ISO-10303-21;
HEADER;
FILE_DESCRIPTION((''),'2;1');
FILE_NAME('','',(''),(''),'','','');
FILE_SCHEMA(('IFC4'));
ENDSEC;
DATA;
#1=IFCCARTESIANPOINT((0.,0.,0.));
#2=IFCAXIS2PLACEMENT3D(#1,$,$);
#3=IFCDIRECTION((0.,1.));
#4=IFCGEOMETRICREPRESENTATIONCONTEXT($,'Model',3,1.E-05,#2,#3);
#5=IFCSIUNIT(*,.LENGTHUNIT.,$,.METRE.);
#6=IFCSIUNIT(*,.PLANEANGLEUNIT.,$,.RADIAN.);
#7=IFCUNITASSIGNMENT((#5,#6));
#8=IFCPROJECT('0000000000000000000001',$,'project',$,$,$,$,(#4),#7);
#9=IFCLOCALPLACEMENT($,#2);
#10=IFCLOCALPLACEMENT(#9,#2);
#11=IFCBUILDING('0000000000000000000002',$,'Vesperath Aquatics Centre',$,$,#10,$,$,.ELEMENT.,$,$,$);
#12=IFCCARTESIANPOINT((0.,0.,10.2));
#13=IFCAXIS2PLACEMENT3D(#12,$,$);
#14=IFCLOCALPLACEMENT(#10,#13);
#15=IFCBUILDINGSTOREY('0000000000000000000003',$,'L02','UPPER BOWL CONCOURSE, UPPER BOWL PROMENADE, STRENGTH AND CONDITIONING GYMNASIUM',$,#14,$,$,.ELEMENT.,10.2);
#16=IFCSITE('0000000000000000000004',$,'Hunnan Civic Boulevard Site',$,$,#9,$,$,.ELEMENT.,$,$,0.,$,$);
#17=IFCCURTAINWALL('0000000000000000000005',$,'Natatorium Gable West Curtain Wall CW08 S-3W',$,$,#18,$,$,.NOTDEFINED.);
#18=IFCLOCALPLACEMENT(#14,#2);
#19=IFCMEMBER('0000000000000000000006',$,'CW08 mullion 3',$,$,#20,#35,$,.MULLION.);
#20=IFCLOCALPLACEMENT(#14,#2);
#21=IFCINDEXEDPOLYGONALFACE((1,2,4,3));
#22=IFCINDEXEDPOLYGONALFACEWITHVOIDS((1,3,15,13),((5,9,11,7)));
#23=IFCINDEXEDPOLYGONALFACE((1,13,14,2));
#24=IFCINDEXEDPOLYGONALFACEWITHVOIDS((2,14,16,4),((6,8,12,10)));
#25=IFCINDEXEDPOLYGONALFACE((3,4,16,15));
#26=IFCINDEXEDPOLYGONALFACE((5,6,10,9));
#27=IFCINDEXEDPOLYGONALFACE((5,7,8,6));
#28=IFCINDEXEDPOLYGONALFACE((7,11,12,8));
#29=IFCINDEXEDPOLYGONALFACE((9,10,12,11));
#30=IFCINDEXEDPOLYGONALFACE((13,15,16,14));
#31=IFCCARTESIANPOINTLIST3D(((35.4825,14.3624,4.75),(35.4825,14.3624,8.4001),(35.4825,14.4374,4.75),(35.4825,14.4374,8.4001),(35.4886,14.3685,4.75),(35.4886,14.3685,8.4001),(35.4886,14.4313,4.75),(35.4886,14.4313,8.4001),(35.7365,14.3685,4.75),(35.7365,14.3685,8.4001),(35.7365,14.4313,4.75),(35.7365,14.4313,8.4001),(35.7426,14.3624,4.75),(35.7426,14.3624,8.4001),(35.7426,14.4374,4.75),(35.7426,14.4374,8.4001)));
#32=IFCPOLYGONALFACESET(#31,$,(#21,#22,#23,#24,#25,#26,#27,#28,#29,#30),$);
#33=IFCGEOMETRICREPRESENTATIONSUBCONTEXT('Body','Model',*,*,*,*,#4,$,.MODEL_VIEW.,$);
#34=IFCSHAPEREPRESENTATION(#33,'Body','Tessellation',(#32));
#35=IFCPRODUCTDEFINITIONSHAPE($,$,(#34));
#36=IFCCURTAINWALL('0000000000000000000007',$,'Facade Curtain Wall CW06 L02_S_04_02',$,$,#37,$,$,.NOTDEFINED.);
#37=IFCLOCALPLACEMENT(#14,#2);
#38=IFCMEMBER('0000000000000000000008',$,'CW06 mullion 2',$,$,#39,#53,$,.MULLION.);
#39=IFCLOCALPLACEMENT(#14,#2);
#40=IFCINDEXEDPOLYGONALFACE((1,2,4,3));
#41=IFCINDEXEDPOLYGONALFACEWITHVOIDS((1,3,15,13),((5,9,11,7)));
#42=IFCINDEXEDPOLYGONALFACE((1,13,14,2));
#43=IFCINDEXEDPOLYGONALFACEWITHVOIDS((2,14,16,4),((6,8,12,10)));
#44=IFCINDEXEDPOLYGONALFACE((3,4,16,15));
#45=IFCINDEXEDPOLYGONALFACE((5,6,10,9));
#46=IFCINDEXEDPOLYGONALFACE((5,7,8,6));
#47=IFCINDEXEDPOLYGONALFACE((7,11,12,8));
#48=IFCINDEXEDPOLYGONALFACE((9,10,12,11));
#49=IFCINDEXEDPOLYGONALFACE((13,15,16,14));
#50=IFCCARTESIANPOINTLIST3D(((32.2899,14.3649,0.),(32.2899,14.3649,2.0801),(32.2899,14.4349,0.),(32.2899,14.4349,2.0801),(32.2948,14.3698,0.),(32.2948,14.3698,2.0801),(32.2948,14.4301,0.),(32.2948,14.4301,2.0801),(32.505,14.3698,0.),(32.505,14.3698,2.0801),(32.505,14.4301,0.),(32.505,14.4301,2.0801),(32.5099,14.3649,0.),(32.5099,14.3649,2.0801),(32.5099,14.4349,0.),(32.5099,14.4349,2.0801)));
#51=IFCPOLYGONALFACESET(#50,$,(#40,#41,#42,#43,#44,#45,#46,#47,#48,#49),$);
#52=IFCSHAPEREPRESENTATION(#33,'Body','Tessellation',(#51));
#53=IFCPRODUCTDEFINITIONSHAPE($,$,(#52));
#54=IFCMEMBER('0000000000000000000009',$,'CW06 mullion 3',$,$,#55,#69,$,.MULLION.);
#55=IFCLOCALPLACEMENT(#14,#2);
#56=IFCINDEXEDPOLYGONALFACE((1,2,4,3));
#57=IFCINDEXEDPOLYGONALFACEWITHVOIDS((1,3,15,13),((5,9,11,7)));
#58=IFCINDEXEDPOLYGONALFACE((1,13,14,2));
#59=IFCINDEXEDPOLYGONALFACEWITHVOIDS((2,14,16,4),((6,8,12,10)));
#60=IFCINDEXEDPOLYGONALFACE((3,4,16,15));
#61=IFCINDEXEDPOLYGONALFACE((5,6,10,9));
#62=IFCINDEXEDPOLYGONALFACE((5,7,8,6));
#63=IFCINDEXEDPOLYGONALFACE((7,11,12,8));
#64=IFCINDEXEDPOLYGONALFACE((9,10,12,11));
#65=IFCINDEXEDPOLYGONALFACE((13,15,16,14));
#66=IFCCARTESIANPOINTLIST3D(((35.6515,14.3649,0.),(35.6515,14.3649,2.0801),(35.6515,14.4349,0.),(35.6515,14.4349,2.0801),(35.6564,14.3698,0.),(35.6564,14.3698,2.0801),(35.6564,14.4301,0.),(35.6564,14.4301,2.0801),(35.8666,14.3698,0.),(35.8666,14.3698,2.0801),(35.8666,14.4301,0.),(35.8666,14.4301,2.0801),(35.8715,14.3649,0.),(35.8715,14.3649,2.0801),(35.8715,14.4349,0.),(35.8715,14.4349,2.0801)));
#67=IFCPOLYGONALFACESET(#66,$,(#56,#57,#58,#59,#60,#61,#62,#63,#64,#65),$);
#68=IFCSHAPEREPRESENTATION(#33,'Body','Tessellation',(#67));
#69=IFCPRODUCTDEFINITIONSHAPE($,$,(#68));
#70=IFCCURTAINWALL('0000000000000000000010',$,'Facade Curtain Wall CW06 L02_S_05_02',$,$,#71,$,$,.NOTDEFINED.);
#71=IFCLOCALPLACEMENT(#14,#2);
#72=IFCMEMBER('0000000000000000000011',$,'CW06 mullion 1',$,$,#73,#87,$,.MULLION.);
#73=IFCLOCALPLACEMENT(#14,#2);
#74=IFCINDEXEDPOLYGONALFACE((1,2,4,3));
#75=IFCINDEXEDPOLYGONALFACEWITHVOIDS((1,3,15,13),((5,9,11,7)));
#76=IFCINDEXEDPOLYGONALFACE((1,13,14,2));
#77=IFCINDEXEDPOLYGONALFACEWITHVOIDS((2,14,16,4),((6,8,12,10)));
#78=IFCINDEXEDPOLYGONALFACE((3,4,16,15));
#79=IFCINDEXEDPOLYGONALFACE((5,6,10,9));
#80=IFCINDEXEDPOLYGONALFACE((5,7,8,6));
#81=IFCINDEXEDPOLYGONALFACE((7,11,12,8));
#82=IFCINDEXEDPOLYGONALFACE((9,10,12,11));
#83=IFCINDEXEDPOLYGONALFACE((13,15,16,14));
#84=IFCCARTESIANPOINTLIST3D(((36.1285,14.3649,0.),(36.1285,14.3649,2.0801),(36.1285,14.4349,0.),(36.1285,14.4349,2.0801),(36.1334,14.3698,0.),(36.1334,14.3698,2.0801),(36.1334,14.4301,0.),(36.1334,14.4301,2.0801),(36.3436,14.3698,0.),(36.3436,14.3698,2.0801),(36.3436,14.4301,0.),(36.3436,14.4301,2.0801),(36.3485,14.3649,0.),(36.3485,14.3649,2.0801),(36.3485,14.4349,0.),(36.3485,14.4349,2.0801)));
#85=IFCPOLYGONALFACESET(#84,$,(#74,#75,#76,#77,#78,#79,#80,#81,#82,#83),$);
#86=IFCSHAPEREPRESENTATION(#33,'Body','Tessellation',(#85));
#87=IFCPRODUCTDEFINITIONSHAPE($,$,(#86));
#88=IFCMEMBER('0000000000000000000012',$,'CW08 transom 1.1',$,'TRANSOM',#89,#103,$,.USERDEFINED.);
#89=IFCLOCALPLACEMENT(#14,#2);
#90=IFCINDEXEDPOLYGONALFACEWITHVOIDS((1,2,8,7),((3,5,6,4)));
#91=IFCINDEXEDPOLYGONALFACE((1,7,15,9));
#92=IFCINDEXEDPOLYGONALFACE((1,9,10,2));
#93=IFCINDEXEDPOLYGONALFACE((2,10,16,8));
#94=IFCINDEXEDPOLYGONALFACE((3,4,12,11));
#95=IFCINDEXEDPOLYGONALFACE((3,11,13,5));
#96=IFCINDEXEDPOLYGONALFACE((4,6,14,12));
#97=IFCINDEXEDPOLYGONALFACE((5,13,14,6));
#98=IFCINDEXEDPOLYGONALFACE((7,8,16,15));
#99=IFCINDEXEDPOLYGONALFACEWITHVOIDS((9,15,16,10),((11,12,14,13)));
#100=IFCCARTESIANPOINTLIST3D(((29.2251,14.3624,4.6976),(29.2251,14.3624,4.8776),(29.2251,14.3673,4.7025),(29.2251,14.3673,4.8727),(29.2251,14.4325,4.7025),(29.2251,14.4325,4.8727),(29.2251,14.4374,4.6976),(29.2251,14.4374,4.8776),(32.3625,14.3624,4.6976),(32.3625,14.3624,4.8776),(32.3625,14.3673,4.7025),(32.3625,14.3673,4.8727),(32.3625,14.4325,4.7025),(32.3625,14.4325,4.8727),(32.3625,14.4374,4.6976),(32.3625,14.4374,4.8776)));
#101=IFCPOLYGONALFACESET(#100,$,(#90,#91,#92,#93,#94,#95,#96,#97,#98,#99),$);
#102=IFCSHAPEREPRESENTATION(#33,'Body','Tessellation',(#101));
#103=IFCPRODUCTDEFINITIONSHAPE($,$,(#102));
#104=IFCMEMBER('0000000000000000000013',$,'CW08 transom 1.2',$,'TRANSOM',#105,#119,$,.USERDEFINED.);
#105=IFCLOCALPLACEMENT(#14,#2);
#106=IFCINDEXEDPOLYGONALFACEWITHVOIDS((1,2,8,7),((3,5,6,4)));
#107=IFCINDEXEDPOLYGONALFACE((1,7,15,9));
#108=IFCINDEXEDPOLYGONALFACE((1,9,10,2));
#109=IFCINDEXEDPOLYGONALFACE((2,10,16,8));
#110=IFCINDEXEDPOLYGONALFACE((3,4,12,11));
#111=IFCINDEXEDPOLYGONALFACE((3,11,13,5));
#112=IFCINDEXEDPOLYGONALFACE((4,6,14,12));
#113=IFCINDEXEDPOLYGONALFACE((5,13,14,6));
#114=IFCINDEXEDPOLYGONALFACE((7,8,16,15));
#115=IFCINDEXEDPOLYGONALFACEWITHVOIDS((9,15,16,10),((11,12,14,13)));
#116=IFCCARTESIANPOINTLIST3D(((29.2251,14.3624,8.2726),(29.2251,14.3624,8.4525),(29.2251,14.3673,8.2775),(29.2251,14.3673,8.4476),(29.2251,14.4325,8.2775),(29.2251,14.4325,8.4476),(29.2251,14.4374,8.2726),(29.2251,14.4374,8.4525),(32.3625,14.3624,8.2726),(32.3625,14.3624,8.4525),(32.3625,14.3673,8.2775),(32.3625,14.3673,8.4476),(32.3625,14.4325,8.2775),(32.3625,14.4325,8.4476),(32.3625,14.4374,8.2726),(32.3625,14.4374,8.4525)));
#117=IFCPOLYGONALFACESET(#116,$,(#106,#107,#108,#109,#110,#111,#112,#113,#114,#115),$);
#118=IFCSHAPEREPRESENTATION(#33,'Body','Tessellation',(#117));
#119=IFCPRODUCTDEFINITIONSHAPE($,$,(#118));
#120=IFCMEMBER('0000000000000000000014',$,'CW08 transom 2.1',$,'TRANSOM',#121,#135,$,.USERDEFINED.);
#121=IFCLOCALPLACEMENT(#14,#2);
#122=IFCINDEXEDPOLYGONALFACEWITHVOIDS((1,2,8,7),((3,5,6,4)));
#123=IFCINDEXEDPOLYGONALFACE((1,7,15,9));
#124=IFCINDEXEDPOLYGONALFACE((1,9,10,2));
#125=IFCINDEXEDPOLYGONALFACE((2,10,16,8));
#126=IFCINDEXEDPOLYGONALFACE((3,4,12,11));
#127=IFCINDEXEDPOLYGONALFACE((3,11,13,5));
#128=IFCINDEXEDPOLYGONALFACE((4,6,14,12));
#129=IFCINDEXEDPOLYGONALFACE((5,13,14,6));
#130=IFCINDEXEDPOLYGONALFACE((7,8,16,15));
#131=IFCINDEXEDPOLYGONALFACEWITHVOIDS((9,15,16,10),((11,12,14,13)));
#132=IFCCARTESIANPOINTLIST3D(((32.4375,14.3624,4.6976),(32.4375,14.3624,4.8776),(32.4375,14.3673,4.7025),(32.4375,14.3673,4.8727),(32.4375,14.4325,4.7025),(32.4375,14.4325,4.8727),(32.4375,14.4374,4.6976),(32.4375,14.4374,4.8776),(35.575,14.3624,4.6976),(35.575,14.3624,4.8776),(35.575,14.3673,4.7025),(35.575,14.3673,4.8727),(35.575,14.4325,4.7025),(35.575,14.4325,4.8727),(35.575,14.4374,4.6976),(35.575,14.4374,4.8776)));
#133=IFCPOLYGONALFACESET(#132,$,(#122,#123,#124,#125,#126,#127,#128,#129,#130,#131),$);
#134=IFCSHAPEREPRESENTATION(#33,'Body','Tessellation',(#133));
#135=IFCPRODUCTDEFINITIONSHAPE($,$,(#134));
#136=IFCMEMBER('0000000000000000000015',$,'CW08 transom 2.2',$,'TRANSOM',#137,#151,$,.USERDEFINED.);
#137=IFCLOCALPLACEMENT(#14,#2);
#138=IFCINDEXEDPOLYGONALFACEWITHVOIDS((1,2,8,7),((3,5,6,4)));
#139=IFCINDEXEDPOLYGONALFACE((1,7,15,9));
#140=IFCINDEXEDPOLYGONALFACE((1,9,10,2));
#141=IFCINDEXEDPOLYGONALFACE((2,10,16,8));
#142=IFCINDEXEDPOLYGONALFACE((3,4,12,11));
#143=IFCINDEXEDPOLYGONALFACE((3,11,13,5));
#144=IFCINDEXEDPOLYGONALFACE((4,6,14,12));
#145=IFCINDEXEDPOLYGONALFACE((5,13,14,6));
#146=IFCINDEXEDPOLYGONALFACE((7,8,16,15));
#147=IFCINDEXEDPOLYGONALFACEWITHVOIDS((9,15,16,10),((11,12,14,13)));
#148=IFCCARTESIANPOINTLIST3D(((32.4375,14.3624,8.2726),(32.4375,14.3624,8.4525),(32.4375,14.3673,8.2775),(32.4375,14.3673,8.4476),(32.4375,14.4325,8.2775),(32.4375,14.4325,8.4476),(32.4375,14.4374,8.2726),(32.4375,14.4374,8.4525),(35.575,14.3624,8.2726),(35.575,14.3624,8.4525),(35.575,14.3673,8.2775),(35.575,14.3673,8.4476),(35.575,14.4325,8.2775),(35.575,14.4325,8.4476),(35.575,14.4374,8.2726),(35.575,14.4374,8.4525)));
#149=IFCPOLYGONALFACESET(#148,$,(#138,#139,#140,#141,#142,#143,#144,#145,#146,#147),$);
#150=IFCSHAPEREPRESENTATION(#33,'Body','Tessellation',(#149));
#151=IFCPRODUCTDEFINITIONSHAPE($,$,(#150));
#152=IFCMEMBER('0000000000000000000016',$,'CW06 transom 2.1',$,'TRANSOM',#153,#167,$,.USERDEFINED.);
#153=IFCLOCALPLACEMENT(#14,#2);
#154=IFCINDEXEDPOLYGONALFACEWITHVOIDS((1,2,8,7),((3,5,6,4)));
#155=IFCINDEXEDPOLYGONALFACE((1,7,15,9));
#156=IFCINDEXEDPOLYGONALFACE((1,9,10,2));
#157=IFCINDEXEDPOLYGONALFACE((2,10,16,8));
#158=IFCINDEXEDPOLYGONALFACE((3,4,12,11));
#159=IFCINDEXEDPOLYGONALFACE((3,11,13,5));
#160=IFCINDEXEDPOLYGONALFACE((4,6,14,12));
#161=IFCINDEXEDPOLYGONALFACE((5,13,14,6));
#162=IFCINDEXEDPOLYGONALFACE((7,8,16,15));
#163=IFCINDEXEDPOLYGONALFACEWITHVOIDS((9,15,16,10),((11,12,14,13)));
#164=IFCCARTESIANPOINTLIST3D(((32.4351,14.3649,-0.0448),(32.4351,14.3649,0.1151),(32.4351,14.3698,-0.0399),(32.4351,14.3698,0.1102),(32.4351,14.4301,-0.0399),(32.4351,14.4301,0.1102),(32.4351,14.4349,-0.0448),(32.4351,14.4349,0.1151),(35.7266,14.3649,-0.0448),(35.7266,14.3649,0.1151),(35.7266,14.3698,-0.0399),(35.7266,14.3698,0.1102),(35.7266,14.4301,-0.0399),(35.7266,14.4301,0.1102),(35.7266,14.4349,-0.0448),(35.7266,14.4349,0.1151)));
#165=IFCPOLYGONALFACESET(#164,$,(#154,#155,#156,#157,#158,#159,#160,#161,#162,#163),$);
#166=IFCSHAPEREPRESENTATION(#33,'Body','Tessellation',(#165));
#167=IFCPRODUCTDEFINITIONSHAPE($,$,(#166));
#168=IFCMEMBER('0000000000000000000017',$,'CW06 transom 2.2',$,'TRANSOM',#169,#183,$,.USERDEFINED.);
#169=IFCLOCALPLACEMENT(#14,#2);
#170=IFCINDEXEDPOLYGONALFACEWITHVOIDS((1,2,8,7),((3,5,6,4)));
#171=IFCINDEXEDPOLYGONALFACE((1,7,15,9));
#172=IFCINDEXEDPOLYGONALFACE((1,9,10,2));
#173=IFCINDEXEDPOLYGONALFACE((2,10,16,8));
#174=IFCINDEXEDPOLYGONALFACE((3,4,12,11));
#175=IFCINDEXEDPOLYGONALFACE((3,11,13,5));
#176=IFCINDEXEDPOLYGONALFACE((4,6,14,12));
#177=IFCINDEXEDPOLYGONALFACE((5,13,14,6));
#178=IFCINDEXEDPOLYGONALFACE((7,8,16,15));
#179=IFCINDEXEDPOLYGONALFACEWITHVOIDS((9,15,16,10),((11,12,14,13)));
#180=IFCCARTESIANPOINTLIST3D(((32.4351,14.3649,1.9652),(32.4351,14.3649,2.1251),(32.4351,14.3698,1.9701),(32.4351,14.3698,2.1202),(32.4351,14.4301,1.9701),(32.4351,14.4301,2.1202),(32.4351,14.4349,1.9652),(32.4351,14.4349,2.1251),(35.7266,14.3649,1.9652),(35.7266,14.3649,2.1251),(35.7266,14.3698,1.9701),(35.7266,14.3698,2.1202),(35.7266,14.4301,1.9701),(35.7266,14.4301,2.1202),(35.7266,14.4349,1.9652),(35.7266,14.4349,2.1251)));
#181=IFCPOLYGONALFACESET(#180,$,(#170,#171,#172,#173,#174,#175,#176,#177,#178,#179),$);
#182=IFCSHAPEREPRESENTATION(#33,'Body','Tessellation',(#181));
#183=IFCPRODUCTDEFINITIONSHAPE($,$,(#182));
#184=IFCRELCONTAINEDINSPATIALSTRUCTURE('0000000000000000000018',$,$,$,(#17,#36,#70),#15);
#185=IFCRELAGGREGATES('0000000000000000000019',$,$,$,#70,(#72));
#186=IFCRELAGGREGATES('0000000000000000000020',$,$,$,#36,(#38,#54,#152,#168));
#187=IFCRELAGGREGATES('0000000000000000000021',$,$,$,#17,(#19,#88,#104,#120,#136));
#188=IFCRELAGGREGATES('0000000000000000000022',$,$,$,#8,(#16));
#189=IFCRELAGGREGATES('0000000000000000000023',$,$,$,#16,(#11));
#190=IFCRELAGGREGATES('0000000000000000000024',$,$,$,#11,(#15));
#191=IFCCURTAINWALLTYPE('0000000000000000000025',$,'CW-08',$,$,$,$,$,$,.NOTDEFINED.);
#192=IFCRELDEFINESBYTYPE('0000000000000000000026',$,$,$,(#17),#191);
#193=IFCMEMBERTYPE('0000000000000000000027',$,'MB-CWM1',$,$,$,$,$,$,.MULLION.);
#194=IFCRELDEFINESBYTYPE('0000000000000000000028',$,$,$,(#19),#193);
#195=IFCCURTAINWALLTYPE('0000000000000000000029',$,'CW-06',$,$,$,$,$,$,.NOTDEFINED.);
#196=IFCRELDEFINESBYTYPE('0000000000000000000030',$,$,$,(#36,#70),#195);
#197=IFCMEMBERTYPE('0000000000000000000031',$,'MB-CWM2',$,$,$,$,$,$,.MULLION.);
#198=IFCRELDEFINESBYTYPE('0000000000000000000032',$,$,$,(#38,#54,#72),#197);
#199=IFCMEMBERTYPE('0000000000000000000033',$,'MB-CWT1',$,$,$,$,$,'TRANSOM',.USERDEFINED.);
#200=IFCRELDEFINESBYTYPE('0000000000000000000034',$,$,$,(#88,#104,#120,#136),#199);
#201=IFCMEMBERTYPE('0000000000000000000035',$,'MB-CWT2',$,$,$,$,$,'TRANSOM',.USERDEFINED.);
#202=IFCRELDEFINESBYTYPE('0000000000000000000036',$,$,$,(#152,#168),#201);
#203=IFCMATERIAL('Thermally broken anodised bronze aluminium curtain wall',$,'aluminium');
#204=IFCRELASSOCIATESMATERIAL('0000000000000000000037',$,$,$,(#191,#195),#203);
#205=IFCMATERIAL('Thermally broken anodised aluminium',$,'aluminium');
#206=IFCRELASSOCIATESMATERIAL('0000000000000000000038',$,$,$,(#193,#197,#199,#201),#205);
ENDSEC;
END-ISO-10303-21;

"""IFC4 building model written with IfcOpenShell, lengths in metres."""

from ifc_helpers import new_model, si_unit, direction, frame, origin, origin_2d, place, context, subcontext, project, spatial, hollow_rectangle, extrude, material, material_profile, profile_set, type_object, element, aggregate, save


model = new_model("IFC4")

# Units and contexts
model_context = context("Model", 3, precision=1e-05, world=origin(), true_north=direction((0.0, 1.0)))
body_context = subcontext(model_context, "Body", "Model", "MODEL_VIEW")
ifc_project = project(units=[si_unit("LENGTHUNIT", "METRE"), si_unit("PLANEANGLEUNIT", "RADIAN")], contexts=[model_context])

# Site, building, storey
site_placement = place(None, origin())
site = spatial("IfcSite", under=ifc_project, at=site_placement, Name="Hunnan Civic Boulevard Site", CompositionType="ELEMENT", RefElevation=0.0)
building_placement = place(site_placement, origin())
building = spatial("IfcBuilding", under=site, at=building_placement, Name="Vesperath Aquatics Centre", CompositionType="ELEMENT")
storey_placement = place(building_placement, frame((0.0, 0.0, 10.2)))
storey = spatial("IfcBuildingStorey", under=building, at=storey_placement, Name="L02", Description="UPPER BOWL CONCOURSE, UPPER BOWL PROMENADE, STRENGTH AND CONDITIONING GYMNASIUM", CompositionType="ELEMENT", Elevation=10.2)

# Curtain walls, members
ifc_material_1 = material(Name="Thermally broken anodised bronze aluminium curtain wall", Category="aluminium")
curtain_wall_type_1 = type_object("IfcCurtainWallType", Name="CW-08", PredefinedType="NOTDEFINED", material=ifc_material_1)
curtain_wall_1_placement = place(storey_placement, origin())
curtain_wall_1 = element("IfcCurtainWall", 1, at=curtain_wall_1_placement, inside=storey, type_object=curtain_wall_type_1, Name="Natatorium Gable West Curtain Wall CW08 S-3W", PredefinedType="NOTDEFINED")
ifc_material_2 = material(Name="Thermally broken anodised aluminium", Category="aluminium")
ifc_material_profile_1 = material_profile(ifc_material_2, hollow_rectangle(XDim=0.075, YDim=0.26, WallThickness=0.0061, at=origin_2d()), Name="CWM 75x260x6")
ifc_profile_set_1 = profile_set([ifc_material_profile_1], Name="Thermally broken anodised aluminium")
member_type_1 = type_object("IfcMemberType", Name="MB-CWM1", PredefinedType="MULLION", material=ifc_profile_set_1)
member_1_placement = place(storey_placement, frame((35.6125, 14.3999, 4.75), z_axis=(0.0, 0.0, 1.0), x_axis=(0.0, 1.0, 0.0)))
member_1 = element("IfcMember", 2, at=member_1_placement, type_object=member_type_1, Name="CW08 mullion 3", PredefinedType="MULLION", context=body_context, shape_type="SweptSolid", body=[
    extrude(hollow_rectangle(XDim=0.075, YDim=0.26, WallThickness=0.0061, at=origin_2d()), origin(), (0.0, 0.0, 1.0), 3.6501),
])
curtain_wall_type_2 = type_object("IfcCurtainWallType", Name="CW-06", PredefinedType="NOTDEFINED", material=ifc_material_1)
curtain_wall_2_placement = place(storey_placement, origin())
curtain_wall_2 = element("IfcCurtainWall", 3, at=curtain_wall_2_placement, inside=storey, type_object=curtain_wall_type_2, Name="Facade Curtain Wall CW06 L02_S_04_02", PredefinedType="NOTDEFINED")
ifc_material_profile_2 = material_profile(ifc_material_2, hollow_rectangle(XDim=0.0701, YDim=0.22, WallThickness=0.0049, at=origin_2d()), Name="CWM 70x220x5")
ifc_profile_set_2 = profile_set([ifc_material_profile_2], Name="Thermally broken anodised aluminium")
member_type_2 = type_object("IfcMemberType", Name="MB-CWM2", PredefinedType="MULLION", material=ifc_profile_set_2)
member_2_placement = place(storey_placement, frame((32.3999, 14.3999, 0.0), z_axis=(0.0, 0.0, 1.0), x_axis=(0.0, 1.0, 0.0)))
member_2 = element("IfcMember", 4, at=member_2_placement, type_object=member_type_2, Name="CW06 mullion 2", PredefinedType="MULLION", context=body_context, shape_type="SweptSolid", body=[
    extrude(hollow_rectangle(XDim=0.0701, YDim=0.22, WallThickness=0.0049, at=origin_2d()), origin(), (0.0, 0.0, 1.0), 2.0801),
])
member_3_placement = place(storey_placement, frame((35.7615, 14.3999, 0.0), z_axis=(0.0, 0.0, 1.0), x_axis=(0.0, 1.0, 0.0)))
member_3 = element("IfcMember", 5, at=member_3_placement, type_object=member_type_2, Name="CW06 mullion 3", PredefinedType="MULLION", context=body_context, shape_type="SweptSolid", body=[
    extrude(hollow_rectangle(XDim=0.0701, YDim=0.22, WallThickness=0.0049, at=origin_2d()), origin(), (0.0, 0.0, 1.0), 2.0801),
])

# Curtain wall, member
curtain_wall_3_placement = place(storey_placement, origin())
curtain_wall_3 = element("IfcCurtainWall", 6, at=curtain_wall_3_placement, inside=storey, type_object=curtain_wall_type_2, Name="Facade Curtain Wall CW06 L02_S_05_02", PredefinedType="NOTDEFINED")
member_4_placement = place(storey_placement, frame((36.2385, 14.3999, 0.0), z_axis=(0.0, 0.0, 1.0), x_axis=(0.0, 1.0, 0.0)))
member_4 = element("IfcMember", 7, at=member_4_placement, type_object=member_type_2, Name="CW06 mullion 1", PredefinedType="MULLION", context=body_context, shape_type="SweptSolid", body=[
    extrude(hollow_rectangle(XDim=0.0701, YDim=0.22, WallThickness=0.0049, at=origin_2d()), origin(), (0.0, 0.0, 1.0), 2.0801),
])

# Members
ifc_material_profile_3 = material_profile(ifc_material_2, hollow_rectangle(XDim=0.075, YDim=0.1799, WallThickness=0.0049, at=origin_2d()), Name="CWT 75x180x5")
ifc_profile_set_3 = profile_set([ifc_material_profile_3], Name="Thermally broken anodised aluminium")
member_type_3 = type_object("IfcMemberType", Name="MB-CWT1", ElementType="TRANSOM", PredefinedType="USERDEFINED", material=ifc_profile_set_3)
member_5_placement = place(storey_placement, frame((29.2251, 14.3999, 4.7876), z_axis=(1.0, 0.0, 0.0), x_axis=(0.0, 1.0, 0.0)))
member_5 = element("IfcMember", 8, at=member_5_placement, type_object=member_type_3, Name="CW08 transom 1.1", ObjectType="TRANSOM", PredefinedType="USERDEFINED", context=body_context, shape_type="SweptSolid", body=[
    extrude(hollow_rectangle(XDim=0.075, YDim=0.1799, WallThickness=0.0049, at=origin_2d()), origin(), (0.0, 0.0, 1.0), 3.1375),
])
member_6_placement = place(storey_placement, frame((29.2251, 14.3999, 8.3625), z_axis=(1.0, 0.0, 0.0), x_axis=(0.0, 1.0, 0.0)))
member_6 = element("IfcMember", 9, at=member_6_placement, type_object=member_type_3, Name="CW08 transom 1.2", ObjectType="TRANSOM", PredefinedType="USERDEFINED", context=body_context, shape_type="SweptSolid", body=[
    extrude(hollow_rectangle(XDim=0.075, YDim=0.1799, WallThickness=0.0049, at=origin_2d()), origin(), (0.0, 0.0, 1.0), 3.1375),
])
member_7_placement = place(storey_placement, frame((32.4375, 14.3999, 4.7876), z_axis=(1.0, 0.0, 0.0), x_axis=(0.0, 1.0, 0.0)))
member_7 = element("IfcMember", 10, at=member_7_placement, type_object=member_type_3, Name="CW08 transom 2.1", ObjectType="TRANSOM", PredefinedType="USERDEFINED", context=body_context, shape_type="SweptSolid", body=[
    extrude(hollow_rectangle(XDim=0.075, YDim=0.1799, WallThickness=0.0049, at=origin_2d()), origin(), (0.0, 0.0, 1.0), 3.1375),
])
member_8_placement = place(storey_placement, frame((32.4375, 14.3999, 8.3625), z_axis=(1.0, 0.0, 0.0), x_axis=(0.0, 1.0, 0.0)))
member_8 = element("IfcMember", 11, at=member_8_placement, type_object=member_type_3, Name="CW08 transom 2.2", ObjectType="TRANSOM", PredefinedType="USERDEFINED", context=body_context, shape_type="SweptSolid", body=[
    extrude(hollow_rectangle(XDim=0.075, YDim=0.1799, WallThickness=0.0049, at=origin_2d()), origin(), (0.0, 0.0, 1.0), 3.1375),
])
ifc_material_profile_4 = material_profile(ifc_material_2, hollow_rectangle(XDim=0.0701, YDim=0.1599, WallThickness=0.0049, at=origin_2d()), Name="CWT 70x160x5")
ifc_profile_set_4 = profile_set([ifc_material_profile_4], Name="Thermally broken anodised aluminium")
member_type_4 = type_object("IfcMemberType", Name="MB-CWT2", ElementType="TRANSOM", PredefinedType="USERDEFINED", material=ifc_profile_set_4)
member_9_placement = place(storey_placement, frame((32.4351, 14.3999, 0.0352), z_axis=(1.0, 0.0, 0.0), x_axis=(0.0, 1.0, 0.0)))
member_9 = element("IfcMember", 12, at=member_9_placement, type_object=member_type_4, Name="CW06 transom 2.1", ObjectType="TRANSOM", PredefinedType="USERDEFINED", context=body_context, shape_type="SweptSolid", body=[
    extrude(hollow_rectangle(XDim=0.0701, YDim=0.1599, WallThickness=0.0049, at=origin_2d()), origin(), (0.0, 0.0, 1.0), 3.2915),
])
member_10_placement = place(storey_placement, frame((32.4351, 14.3999, 2.0452), z_axis=(1.0, 0.0, 0.0), x_axis=(0.0, 1.0, 0.0)))
member_10 = element("IfcMember", 13, at=member_10_placement, type_object=member_type_4, Name="CW06 transom 2.2", ObjectType="TRANSOM", PredefinedType="USERDEFINED", context=body_context, shape_type="SweptSolid", body=[
    extrude(hollow_rectangle(XDim=0.0701, YDim=0.1599, WallThickness=0.0049, at=origin_2d()), origin(), (0.0, 0.0, 1.0), 3.2915),
])
aggregate(curtain_wall_3, [member_4])

aggregate(curtain_wall_2, [member_2, member_3, member_9, member_10])
aggregate(curtain_wall_1, [member_1, member_5, member_6, member_7, member_8])

save(model, "model.ifc")
